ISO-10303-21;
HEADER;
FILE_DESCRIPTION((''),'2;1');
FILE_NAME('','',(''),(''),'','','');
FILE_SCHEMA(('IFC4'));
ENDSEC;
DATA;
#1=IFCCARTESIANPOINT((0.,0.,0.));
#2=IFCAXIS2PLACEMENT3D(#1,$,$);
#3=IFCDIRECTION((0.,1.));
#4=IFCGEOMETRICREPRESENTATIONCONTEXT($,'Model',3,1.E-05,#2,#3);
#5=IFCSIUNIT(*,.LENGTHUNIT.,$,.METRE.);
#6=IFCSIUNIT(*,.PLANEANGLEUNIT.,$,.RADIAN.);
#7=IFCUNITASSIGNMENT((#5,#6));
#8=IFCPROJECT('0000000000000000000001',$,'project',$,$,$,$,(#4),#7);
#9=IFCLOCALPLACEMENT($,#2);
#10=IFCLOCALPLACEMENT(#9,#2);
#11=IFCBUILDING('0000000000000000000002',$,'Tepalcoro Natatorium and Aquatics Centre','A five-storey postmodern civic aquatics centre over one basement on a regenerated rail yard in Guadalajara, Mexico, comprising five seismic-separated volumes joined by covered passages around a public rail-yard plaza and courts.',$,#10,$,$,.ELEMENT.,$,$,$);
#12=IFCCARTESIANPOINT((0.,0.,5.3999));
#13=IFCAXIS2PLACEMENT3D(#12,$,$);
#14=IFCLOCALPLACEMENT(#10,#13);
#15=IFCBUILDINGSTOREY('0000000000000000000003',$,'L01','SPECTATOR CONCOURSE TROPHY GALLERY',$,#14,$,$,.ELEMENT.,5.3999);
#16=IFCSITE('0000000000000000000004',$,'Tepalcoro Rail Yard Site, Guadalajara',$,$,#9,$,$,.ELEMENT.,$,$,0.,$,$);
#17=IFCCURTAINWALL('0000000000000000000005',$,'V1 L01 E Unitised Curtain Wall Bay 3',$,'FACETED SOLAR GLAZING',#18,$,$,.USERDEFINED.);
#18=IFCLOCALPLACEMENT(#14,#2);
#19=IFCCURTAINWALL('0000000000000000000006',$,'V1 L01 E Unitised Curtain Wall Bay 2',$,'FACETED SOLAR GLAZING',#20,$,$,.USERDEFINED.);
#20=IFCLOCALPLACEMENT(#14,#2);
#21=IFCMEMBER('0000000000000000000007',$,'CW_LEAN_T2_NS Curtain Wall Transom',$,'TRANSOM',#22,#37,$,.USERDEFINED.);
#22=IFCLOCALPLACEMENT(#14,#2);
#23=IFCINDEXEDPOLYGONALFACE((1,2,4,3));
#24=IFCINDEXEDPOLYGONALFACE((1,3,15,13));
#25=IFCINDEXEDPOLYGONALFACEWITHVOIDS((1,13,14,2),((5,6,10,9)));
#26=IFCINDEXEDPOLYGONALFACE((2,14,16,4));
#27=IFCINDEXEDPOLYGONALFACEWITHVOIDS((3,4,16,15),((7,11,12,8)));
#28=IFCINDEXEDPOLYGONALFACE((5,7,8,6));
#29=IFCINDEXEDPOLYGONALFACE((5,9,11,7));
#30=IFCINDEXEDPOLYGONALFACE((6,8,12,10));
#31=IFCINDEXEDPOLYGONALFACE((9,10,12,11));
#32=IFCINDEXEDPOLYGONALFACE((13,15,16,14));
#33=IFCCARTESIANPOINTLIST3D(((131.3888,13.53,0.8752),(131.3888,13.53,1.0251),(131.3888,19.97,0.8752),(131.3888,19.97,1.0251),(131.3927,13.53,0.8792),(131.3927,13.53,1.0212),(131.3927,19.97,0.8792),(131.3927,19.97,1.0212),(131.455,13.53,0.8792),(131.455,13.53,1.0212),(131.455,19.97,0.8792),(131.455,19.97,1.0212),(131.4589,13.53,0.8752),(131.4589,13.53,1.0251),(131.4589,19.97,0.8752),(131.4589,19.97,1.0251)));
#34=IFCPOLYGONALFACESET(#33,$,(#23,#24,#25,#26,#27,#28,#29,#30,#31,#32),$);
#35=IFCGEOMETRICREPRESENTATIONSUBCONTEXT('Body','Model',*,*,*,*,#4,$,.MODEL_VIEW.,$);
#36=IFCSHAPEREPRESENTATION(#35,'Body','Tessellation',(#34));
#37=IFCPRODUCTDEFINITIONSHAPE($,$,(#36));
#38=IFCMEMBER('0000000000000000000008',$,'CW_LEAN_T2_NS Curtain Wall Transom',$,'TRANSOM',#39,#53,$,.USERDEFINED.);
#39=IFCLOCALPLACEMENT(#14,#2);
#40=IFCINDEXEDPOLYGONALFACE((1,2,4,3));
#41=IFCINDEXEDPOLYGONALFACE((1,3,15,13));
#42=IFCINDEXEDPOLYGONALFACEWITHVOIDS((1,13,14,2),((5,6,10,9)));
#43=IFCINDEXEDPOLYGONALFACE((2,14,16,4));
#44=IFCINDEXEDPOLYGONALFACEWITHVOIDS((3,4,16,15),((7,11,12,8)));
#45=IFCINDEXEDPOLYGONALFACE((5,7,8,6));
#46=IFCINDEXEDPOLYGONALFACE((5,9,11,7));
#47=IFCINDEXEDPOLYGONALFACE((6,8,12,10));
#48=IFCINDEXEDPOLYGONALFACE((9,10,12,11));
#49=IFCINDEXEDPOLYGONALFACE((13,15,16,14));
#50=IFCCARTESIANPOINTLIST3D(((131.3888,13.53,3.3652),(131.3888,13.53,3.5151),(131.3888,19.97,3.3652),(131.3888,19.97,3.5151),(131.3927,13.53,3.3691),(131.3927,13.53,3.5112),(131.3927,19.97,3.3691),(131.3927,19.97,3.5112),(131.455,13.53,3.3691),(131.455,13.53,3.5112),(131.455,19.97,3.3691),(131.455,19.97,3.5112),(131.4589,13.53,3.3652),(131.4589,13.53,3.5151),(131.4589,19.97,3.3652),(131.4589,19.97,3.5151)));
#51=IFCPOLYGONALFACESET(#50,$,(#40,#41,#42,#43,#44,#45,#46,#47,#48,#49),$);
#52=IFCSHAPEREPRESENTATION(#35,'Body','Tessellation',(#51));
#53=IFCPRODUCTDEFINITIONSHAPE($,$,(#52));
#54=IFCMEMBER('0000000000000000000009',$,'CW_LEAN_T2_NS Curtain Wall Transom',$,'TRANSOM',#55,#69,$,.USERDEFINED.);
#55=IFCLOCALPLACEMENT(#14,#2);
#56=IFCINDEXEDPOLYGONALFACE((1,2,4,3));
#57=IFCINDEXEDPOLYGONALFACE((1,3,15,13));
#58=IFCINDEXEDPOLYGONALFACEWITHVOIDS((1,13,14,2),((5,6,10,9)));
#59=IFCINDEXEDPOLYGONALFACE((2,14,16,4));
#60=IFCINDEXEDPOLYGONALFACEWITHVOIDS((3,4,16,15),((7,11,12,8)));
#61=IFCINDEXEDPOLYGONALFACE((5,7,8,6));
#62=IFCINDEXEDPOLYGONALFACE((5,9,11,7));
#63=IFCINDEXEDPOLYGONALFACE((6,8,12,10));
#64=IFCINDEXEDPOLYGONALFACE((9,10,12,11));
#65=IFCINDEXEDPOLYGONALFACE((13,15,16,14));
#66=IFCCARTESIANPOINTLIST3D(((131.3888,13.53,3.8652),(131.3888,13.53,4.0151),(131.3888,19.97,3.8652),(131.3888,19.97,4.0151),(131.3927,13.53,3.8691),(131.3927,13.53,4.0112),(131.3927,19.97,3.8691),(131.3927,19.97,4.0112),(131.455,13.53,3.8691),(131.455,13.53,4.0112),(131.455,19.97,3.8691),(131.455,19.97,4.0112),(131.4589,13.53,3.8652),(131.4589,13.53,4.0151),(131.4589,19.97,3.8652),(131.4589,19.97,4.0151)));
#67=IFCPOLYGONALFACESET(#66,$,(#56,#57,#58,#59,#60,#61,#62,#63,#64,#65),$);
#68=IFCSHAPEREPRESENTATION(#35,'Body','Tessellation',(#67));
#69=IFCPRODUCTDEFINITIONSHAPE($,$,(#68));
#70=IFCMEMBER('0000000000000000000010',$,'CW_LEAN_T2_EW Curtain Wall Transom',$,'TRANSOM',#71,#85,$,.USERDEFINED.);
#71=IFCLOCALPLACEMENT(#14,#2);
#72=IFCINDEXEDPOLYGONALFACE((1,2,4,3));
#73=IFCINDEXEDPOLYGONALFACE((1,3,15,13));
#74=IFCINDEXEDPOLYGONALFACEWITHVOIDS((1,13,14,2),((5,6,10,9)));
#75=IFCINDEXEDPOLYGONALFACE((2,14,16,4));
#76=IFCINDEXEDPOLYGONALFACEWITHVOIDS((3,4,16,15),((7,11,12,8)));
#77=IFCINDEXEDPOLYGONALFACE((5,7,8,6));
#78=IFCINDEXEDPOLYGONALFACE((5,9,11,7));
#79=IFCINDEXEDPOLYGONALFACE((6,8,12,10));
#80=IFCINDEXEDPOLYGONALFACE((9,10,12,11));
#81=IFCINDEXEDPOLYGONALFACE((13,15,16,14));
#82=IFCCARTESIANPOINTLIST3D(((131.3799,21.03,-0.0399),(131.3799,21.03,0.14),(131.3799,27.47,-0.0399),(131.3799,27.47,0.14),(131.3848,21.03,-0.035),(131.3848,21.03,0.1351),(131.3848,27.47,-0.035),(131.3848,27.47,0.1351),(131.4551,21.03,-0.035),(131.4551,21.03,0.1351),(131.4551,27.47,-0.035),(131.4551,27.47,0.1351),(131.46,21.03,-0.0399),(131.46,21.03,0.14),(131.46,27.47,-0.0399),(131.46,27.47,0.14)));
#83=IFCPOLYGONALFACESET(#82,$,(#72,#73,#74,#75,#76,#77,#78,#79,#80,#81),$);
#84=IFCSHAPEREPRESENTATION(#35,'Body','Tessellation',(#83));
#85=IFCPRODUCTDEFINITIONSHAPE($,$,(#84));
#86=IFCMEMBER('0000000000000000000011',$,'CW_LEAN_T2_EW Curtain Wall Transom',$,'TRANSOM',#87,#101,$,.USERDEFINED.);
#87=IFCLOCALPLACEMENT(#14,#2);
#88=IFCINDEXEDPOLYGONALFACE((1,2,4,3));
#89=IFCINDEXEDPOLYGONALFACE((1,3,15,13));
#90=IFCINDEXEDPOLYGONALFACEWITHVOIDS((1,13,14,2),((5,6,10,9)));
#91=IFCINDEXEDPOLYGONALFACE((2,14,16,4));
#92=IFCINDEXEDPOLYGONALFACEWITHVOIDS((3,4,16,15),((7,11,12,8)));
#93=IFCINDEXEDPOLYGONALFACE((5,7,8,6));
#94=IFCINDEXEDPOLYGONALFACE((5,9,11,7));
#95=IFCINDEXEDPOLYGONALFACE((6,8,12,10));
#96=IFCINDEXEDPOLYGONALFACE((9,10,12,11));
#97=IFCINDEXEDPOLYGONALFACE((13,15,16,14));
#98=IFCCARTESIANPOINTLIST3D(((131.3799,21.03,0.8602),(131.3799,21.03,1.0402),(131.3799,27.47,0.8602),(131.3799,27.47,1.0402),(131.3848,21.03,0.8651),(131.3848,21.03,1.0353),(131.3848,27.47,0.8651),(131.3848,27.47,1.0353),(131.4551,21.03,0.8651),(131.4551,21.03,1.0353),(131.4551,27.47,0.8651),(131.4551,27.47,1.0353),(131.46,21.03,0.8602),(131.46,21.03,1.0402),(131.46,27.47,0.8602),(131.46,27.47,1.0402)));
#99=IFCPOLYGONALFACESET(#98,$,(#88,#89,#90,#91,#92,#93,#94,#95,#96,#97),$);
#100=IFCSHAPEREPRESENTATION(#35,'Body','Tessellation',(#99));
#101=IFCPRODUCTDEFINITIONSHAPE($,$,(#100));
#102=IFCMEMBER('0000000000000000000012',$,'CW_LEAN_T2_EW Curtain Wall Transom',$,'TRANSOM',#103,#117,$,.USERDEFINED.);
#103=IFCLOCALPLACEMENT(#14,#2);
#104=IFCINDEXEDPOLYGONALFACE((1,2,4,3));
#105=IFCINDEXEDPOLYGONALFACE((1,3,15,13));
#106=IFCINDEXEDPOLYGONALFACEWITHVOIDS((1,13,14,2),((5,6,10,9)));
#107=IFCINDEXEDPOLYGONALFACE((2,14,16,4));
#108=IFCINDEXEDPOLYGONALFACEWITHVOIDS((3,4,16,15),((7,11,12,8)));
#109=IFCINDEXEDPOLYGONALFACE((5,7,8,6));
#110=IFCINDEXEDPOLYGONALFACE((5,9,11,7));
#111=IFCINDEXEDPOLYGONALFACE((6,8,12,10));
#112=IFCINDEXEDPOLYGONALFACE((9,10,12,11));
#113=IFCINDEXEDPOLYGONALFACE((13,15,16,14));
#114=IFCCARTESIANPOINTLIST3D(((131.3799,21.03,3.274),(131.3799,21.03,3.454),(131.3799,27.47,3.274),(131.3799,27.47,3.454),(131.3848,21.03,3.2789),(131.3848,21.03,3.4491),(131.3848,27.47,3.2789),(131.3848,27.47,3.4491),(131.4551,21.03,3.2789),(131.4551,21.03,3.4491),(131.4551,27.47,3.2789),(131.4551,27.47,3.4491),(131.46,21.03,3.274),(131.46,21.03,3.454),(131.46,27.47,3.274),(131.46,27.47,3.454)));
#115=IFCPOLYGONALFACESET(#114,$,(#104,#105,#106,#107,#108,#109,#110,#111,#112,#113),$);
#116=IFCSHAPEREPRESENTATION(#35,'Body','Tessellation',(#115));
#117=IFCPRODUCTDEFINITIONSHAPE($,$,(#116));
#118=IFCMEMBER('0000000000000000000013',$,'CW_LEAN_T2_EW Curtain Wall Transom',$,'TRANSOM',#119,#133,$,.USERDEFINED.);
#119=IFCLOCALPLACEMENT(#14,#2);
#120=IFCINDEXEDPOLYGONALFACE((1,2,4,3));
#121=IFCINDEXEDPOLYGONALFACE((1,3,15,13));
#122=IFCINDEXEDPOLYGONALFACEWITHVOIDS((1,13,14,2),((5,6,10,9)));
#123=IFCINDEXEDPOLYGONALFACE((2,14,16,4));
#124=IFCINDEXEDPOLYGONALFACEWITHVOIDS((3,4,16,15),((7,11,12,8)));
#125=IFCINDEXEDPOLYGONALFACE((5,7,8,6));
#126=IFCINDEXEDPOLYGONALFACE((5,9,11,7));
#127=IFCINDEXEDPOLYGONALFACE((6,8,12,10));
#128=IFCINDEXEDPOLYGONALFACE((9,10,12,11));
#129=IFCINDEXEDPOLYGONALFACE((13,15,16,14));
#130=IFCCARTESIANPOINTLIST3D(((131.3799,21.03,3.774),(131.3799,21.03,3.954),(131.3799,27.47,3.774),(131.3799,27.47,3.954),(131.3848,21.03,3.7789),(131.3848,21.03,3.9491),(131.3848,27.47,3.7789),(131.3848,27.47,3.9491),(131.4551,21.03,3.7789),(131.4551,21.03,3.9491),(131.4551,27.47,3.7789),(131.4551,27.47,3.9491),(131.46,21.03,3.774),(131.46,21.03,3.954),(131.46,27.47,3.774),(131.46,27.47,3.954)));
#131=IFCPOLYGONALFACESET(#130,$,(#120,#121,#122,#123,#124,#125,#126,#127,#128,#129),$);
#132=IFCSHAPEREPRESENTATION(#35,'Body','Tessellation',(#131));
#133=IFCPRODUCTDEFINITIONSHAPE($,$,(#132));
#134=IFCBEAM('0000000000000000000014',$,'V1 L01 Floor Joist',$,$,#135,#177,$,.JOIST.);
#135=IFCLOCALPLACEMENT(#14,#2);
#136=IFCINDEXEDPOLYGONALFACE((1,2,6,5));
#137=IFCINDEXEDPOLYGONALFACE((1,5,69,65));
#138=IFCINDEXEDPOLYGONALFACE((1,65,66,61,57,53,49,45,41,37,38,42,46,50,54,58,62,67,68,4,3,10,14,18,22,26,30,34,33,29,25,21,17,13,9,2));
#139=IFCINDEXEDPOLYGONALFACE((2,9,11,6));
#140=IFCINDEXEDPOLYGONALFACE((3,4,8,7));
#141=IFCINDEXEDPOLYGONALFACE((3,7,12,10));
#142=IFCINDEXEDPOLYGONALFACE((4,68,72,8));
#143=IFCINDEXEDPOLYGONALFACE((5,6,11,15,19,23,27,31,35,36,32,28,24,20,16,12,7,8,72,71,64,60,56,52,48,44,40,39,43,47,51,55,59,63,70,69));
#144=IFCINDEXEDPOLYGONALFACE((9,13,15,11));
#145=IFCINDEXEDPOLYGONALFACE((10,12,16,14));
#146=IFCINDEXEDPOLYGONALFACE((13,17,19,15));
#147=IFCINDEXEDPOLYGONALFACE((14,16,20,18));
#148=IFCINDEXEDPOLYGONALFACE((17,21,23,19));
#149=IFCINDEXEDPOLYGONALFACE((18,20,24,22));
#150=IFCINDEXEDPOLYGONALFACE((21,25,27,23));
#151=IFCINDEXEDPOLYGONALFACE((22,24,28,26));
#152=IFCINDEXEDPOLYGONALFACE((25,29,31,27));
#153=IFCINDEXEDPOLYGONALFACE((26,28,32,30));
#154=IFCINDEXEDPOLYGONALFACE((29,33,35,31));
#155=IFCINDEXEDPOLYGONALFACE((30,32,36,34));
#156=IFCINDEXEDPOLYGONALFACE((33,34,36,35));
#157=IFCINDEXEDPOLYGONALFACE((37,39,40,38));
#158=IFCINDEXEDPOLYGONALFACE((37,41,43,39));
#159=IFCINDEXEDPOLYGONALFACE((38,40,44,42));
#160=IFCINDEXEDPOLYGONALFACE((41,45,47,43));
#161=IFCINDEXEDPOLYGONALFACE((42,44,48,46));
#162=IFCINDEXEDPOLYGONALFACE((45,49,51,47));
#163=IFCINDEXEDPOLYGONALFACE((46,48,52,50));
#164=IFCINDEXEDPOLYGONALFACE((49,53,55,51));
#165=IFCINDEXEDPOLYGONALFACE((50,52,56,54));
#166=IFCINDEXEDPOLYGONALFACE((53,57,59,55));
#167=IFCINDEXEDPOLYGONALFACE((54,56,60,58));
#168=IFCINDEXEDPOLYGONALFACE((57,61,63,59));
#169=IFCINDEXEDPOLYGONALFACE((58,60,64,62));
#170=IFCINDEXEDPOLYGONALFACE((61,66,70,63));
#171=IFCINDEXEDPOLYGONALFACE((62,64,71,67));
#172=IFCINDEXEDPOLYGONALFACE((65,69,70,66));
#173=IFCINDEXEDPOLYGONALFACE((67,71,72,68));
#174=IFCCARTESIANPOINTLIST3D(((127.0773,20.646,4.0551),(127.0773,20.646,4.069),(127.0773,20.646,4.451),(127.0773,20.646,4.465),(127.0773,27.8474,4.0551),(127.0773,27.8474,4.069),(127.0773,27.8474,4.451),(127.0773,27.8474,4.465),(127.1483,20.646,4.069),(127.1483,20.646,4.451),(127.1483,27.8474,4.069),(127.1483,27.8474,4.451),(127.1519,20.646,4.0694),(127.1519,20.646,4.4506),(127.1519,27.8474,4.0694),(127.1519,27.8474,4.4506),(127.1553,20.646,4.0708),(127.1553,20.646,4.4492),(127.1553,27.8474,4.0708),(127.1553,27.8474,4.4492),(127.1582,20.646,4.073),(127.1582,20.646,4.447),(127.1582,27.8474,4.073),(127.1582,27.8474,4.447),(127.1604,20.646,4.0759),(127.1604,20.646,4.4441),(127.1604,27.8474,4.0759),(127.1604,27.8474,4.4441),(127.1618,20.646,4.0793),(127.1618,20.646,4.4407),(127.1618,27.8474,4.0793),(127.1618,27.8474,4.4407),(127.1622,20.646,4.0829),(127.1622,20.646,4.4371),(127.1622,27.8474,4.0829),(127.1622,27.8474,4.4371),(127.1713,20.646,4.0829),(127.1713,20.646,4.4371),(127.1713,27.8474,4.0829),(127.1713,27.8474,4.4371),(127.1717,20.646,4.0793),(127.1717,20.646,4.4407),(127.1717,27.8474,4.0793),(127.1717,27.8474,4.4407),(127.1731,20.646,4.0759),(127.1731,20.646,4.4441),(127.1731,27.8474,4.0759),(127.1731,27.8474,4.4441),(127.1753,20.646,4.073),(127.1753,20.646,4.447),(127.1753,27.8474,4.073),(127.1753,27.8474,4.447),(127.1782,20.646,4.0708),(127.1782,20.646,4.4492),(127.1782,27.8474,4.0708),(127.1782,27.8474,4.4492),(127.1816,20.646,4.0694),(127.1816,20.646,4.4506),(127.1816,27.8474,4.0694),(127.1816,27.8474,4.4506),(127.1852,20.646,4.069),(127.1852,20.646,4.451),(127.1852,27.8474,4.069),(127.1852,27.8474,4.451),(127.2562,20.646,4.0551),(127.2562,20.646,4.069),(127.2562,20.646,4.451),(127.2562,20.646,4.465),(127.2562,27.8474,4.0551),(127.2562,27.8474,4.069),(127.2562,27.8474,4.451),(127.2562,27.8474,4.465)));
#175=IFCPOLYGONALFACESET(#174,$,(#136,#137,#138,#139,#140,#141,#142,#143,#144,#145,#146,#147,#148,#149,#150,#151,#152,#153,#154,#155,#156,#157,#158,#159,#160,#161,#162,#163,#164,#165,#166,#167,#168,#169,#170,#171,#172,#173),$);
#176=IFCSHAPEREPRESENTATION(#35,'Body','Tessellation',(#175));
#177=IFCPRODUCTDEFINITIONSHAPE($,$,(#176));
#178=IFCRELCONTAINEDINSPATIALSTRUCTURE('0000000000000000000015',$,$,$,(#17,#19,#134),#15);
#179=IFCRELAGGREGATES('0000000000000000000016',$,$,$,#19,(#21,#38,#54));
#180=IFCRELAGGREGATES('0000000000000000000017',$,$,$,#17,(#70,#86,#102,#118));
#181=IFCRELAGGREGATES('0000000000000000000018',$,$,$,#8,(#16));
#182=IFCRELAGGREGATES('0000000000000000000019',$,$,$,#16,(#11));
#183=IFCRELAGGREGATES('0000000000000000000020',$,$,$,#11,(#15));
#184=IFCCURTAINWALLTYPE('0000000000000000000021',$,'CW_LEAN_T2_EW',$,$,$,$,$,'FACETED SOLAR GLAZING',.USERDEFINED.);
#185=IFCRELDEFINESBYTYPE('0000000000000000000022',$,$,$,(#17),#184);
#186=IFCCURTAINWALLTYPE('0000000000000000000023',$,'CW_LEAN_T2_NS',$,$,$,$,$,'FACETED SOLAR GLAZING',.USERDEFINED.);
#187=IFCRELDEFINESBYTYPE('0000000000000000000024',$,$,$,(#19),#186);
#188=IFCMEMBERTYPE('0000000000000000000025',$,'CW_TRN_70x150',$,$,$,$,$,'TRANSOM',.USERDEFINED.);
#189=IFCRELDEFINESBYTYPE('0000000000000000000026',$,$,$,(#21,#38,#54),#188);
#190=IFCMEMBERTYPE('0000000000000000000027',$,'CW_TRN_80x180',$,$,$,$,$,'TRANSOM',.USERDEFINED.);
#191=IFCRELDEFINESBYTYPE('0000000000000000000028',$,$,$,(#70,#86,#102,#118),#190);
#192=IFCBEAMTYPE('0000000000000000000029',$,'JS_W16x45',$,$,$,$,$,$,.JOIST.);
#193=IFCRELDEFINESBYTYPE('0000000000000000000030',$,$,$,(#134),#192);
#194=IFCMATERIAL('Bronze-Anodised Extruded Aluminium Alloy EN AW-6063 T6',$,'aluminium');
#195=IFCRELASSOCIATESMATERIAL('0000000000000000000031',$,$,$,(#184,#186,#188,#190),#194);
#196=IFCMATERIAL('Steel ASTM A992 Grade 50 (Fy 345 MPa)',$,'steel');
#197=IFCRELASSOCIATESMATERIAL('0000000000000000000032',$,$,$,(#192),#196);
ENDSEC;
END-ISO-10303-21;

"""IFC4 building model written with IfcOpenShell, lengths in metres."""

from ifc_helpers import new_model, si_unit, direction, frame, origin, origin_2d, place, context, subcontext, project, spatial, hollow_rectangle, i_section, extrude, material, material_profile, profile_set, type_object, element, aggregate, save


model = new_model("IFC4")

# Units and contexts
model_context = context("Model", 3, precision=1e-05, world=origin(), true_north=direction((0.0, 1.0)))
body_context = subcontext(model_context, "Body", "Model", "MODEL_VIEW")
ifc_project = project(units=[si_unit("LENGTHUNIT", "METRE"), si_unit("PLANEANGLEUNIT", "RADIAN")], contexts=[model_context])

# Site, building, storey
site_placement = place(None, origin())
site = spatial("IfcSite", under=ifc_project, at=site_placement, Name="Tepalcoro Rail Yard Site, Guadalajara", CompositionType="ELEMENT", RefElevation=0.0)
building_placement = place(site_placement, origin())
building = spatial("IfcBuilding", under=site, at=building_placement, Name="Tepalcoro Natatorium and Aquatics Centre", Description="A five-storey postmodern civic aquatics centre over one basement on a regenerated rail yard in Guadalajara, Mexico, comprising five seismic-separated volumes joined by covered passages around a public rail-yard plaza and courts.", CompositionType="ELEMENT")
storey_placement = place(building_placement, frame((0.0, 0.0, 5.3999)))
storey = spatial("IfcBuildingStorey", under=building, at=storey_placement, Name="L01", Description="SPECTATOR CONCOURSE TROPHY GALLERY", CompositionType="ELEMENT", Elevation=5.3999)

# Shared definitions
ifc_material_1 = material(Name="Steel ASTM A992 Grade 50 (Fy 345 MPa)", Category="steel")

# Curtain walls, members
ifc_material_2 = material(Name="Bronze-Anodised Extruded Aluminium Alloy EN AW-6063 T6", Category="aluminium")
curtain_wall_type_1 = type_object("IfcCurtainWallType", Name="CW_LEAN_T2_EW", ElementType="FACETED SOLAR GLAZING", PredefinedType="USERDEFINED", material=ifc_material_2)
curtain_wall_1_placement = place(storey_placement, origin())
curtain_wall_1 = element("IfcCurtainWall", 1, at=curtain_wall_1_placement, inside=storey, type_object=curtain_wall_type_1, Name="V1 L01 E Unitised Curtain Wall Bay 3", ObjectType="FACETED SOLAR GLAZING", PredefinedType="USERDEFINED")
curtain_wall_type_2 = type_object("IfcCurtainWallType", Name="CW_LEAN_T2_NS", ElementType="FACETED SOLAR GLAZING", PredefinedType="USERDEFINED", material=ifc_material_2)
curtain_wall_2_placement = place(storey_placement, origin())
curtain_wall_2 = element("IfcCurtainWall", 2, at=curtain_wall_2_placement, inside=storey, type_object=curtain_wall_type_2, Name="V1 L01 E Unitised Curtain Wall Bay 2", ObjectType="FACETED SOLAR GLAZING", PredefinedType="USERDEFINED")
ifc_material_profile_1 = material_profile(ifc_material_2, hollow_rectangle(XDim=0.0701, YDim=0.1499, WallThickness=0.0039, at=origin_2d()), Name="AL70X150X4")
ifc_profile_set_1 = profile_set([ifc_material_profile_1], Name="Bronze-Anodised Extruded Aluminium Alloy EN AW-6063 T6")
member_type_1 = type_object("IfcMemberType", Name="CW_TRN_70x150", ElementType="TRANSOM", PredefinedType="USERDEFINED", material=ifc_profile_set_1)
member_1_placement = place(storey_placement, frame((131.4238, 13.53, 0.9502), z_axis=(0.0, 1.0, 0.0), x_axis=(-1.0, 0.0, 0.0)))
member_1 = element("IfcMember", 3, at=member_1_placement, type_object=member_type_1, Name="CW_LEAN_T2_NS Curtain Wall Transom", ObjectType="TRANSOM", PredefinedType="USERDEFINED", context=body_context, shape_type="SweptSolid", body=[
    extrude(hollow_rectangle(XDim=0.0701, YDim=0.1499, WallThickness=0.0039, at=origin_2d()), origin(), (0.0, 0.0, 1.0), 6.4399),
])
member_2_placement = place(storey_placement, frame((131.4238, 13.53, 3.4402), z_axis=(0.0, 1.0, 0.0), x_axis=(-1.0, 0.0, 0.0)))
member_2 = element("IfcMember", 4, at=member_2_placement, type_object=member_type_1, Name="CW_LEAN_T2_NS Curtain Wall Transom", ObjectType="TRANSOM", PredefinedType="USERDEFINED", context=body_context, shape_type="SweptSolid", body=[
    extrude(hollow_rectangle(XDim=0.0701, YDim=0.1499, WallThickness=0.0039, at=origin_2d()), origin(), (0.0, 0.0, 1.0), 6.4399),
])
member_3_placement = place(storey_placement, frame((131.4238, 13.53, 3.9402), z_axis=(0.0, 1.0, 0.0), x_axis=(-1.0, 0.0, 0.0)))
member_3 = element("IfcMember", 5, at=member_3_placement, type_object=member_type_1, Name="CW_LEAN_T2_NS Curtain Wall Transom", ObjectType="TRANSOM", PredefinedType="USERDEFINED", context=body_context, shape_type="SweptSolid", body=[
    extrude(hollow_rectangle(XDim=0.0701, YDim=0.1499, WallThickness=0.0039, at=origin_2d()), origin(), (0.0, 0.0, 1.0), 6.4399),
])
aggregate(curtain_wall_2, [member_1, member_2, member_3])

# Members
ifc_material_profile_2 = material_profile(ifc_material_2, hollow_rectangle(XDim=0.0801, YDim=0.1799, WallThickness=0.0049, at=origin_2d()), Name="AL80X180X5")
ifc_profile_set_2 = profile_set([ifc_material_profile_2], Name="Bronze-Anodised Extruded Aluminium Alloy EN AW-6063 T6")
member_type_2 = type_object("IfcMemberType", Name="CW_TRN_80x180", ElementType="TRANSOM", PredefinedType="USERDEFINED", material=ifc_profile_set_2)
member_4_placement = place(storey_placement, frame((131.4199, 21.03, 0.05), z_axis=(0.0, 1.0, 0.0), x_axis=(-1.0, 0.0, 0.0)))
member_4 = element("IfcMember", 6, at=member_4_placement, type_object=member_type_2, Name="CW_LEAN_T2_EW Curtain Wall Transom", ObjectType="TRANSOM", PredefinedType="USERDEFINED", context=body_context, shape_type="SweptSolid", body=[
    extrude(hollow_rectangle(XDim=0.0801, YDim=0.1799, WallThickness=0.0049, at=origin_2d()), origin(), (0.0, 0.0, 1.0), 6.4399),
])
member_5_placement = place(storey_placement, frame((131.4199, 21.03, 0.9502), z_axis=(0.0, 1.0, 0.0), x_axis=(-1.0, 0.0, 0.0)))
member_5 = element("IfcMember", 7, at=member_5_placement, type_object=member_type_2, Name="CW_LEAN_T2_EW Curtain Wall Transom", ObjectType="TRANSOM", PredefinedType="USERDEFINED", context=body_context, shape_type="SweptSolid", body=[
    extrude(hollow_rectangle(XDim=0.0801, YDim=0.1799, WallThickness=0.0049, at=origin_2d()), origin(), (0.0, 0.0, 1.0), 6.4399),
])
member_6_placement = place(storey_placement, frame((131.4199, 21.03, 3.364), z_axis=(0.0, 1.0, 0.0), x_axis=(-1.0, 0.0, 0.0)))
member_6 = element("IfcMember", 8, at=member_6_placement, type_object=member_type_2, Name="CW_LEAN_T2_EW Curtain Wall Transom", ObjectType="TRANSOM", PredefinedType="USERDEFINED", context=body_context, shape_type="SweptSolid", body=[
    extrude(hollow_rectangle(XDim=0.0801, YDim=0.1799, WallThickness=0.0049, at=origin_2d()), origin(), (0.0, 0.0, 1.0), 6.4399),
])
member_7_placement = place(storey_placement, frame((131.4199, 21.03, 3.864), z_axis=(0.0, 1.0, 0.0), x_axis=(-1.0, 0.0, 0.0)))
member_7 = element("IfcMember", 9, at=member_7_placement, type_object=member_type_2, Name="CW_LEAN_T2_EW Curtain Wall Transom", ObjectType="TRANSOM", PredefinedType="USERDEFINED", context=body_context, shape_type="SweptSolid", body=[
    extrude(hollow_rectangle(XDim=0.0801, YDim=0.1799, WallThickness=0.0049, at=origin_2d()), origin(), (0.0, 0.0, 1.0), 6.4399),
])

# Beam
ifc_material_profile_3 = material_profile(ifc_material_1, i_section(OverallWidth=0.179, OverallDepth=0.4099, WebThickness=0.009, FlangeThickness=0.0139, FilletRadius=0.0139, at=origin_2d()), Name="W16X45")
ifc_profile_set_3 = profile_set([ifc_material_profile_3], Name="Steel ASTM A992 Grade 50 (Fy 345 MPa)")
beam_type_1 = type_object("IfcBeamType", Name="JS_W16x45", PredefinedType="JOIST", material=ifc_profile_set_3)
beam_1_placement = place(storey_placement, frame((127.1667, 20.646, 4.26), z_axis=(0.0, 1.0, 0.0), x_axis=(-1.0, 0.0, 0.0)))
element("IfcBeam", 10, at=beam_1_placement, inside=storey, type_object=beam_type_1, Name="V1 L01 Floor Joist", PredefinedType="JOIST", context=body_context, shape_type="SweptSolid", body=[
    extrude(i_section(OverallWidth=0.179, OverallDepth=0.4099, WebThickness=0.009, FlangeThickness=0.0139, FilletRadius=0.0139, at=origin_2d()), origin(), (0.0, 0.0, 1.0), 7.2014),
])

aggregate(curtain_wall_1, [member_4, member_5, member_6, member_7])

save(model, "model.ifc")
